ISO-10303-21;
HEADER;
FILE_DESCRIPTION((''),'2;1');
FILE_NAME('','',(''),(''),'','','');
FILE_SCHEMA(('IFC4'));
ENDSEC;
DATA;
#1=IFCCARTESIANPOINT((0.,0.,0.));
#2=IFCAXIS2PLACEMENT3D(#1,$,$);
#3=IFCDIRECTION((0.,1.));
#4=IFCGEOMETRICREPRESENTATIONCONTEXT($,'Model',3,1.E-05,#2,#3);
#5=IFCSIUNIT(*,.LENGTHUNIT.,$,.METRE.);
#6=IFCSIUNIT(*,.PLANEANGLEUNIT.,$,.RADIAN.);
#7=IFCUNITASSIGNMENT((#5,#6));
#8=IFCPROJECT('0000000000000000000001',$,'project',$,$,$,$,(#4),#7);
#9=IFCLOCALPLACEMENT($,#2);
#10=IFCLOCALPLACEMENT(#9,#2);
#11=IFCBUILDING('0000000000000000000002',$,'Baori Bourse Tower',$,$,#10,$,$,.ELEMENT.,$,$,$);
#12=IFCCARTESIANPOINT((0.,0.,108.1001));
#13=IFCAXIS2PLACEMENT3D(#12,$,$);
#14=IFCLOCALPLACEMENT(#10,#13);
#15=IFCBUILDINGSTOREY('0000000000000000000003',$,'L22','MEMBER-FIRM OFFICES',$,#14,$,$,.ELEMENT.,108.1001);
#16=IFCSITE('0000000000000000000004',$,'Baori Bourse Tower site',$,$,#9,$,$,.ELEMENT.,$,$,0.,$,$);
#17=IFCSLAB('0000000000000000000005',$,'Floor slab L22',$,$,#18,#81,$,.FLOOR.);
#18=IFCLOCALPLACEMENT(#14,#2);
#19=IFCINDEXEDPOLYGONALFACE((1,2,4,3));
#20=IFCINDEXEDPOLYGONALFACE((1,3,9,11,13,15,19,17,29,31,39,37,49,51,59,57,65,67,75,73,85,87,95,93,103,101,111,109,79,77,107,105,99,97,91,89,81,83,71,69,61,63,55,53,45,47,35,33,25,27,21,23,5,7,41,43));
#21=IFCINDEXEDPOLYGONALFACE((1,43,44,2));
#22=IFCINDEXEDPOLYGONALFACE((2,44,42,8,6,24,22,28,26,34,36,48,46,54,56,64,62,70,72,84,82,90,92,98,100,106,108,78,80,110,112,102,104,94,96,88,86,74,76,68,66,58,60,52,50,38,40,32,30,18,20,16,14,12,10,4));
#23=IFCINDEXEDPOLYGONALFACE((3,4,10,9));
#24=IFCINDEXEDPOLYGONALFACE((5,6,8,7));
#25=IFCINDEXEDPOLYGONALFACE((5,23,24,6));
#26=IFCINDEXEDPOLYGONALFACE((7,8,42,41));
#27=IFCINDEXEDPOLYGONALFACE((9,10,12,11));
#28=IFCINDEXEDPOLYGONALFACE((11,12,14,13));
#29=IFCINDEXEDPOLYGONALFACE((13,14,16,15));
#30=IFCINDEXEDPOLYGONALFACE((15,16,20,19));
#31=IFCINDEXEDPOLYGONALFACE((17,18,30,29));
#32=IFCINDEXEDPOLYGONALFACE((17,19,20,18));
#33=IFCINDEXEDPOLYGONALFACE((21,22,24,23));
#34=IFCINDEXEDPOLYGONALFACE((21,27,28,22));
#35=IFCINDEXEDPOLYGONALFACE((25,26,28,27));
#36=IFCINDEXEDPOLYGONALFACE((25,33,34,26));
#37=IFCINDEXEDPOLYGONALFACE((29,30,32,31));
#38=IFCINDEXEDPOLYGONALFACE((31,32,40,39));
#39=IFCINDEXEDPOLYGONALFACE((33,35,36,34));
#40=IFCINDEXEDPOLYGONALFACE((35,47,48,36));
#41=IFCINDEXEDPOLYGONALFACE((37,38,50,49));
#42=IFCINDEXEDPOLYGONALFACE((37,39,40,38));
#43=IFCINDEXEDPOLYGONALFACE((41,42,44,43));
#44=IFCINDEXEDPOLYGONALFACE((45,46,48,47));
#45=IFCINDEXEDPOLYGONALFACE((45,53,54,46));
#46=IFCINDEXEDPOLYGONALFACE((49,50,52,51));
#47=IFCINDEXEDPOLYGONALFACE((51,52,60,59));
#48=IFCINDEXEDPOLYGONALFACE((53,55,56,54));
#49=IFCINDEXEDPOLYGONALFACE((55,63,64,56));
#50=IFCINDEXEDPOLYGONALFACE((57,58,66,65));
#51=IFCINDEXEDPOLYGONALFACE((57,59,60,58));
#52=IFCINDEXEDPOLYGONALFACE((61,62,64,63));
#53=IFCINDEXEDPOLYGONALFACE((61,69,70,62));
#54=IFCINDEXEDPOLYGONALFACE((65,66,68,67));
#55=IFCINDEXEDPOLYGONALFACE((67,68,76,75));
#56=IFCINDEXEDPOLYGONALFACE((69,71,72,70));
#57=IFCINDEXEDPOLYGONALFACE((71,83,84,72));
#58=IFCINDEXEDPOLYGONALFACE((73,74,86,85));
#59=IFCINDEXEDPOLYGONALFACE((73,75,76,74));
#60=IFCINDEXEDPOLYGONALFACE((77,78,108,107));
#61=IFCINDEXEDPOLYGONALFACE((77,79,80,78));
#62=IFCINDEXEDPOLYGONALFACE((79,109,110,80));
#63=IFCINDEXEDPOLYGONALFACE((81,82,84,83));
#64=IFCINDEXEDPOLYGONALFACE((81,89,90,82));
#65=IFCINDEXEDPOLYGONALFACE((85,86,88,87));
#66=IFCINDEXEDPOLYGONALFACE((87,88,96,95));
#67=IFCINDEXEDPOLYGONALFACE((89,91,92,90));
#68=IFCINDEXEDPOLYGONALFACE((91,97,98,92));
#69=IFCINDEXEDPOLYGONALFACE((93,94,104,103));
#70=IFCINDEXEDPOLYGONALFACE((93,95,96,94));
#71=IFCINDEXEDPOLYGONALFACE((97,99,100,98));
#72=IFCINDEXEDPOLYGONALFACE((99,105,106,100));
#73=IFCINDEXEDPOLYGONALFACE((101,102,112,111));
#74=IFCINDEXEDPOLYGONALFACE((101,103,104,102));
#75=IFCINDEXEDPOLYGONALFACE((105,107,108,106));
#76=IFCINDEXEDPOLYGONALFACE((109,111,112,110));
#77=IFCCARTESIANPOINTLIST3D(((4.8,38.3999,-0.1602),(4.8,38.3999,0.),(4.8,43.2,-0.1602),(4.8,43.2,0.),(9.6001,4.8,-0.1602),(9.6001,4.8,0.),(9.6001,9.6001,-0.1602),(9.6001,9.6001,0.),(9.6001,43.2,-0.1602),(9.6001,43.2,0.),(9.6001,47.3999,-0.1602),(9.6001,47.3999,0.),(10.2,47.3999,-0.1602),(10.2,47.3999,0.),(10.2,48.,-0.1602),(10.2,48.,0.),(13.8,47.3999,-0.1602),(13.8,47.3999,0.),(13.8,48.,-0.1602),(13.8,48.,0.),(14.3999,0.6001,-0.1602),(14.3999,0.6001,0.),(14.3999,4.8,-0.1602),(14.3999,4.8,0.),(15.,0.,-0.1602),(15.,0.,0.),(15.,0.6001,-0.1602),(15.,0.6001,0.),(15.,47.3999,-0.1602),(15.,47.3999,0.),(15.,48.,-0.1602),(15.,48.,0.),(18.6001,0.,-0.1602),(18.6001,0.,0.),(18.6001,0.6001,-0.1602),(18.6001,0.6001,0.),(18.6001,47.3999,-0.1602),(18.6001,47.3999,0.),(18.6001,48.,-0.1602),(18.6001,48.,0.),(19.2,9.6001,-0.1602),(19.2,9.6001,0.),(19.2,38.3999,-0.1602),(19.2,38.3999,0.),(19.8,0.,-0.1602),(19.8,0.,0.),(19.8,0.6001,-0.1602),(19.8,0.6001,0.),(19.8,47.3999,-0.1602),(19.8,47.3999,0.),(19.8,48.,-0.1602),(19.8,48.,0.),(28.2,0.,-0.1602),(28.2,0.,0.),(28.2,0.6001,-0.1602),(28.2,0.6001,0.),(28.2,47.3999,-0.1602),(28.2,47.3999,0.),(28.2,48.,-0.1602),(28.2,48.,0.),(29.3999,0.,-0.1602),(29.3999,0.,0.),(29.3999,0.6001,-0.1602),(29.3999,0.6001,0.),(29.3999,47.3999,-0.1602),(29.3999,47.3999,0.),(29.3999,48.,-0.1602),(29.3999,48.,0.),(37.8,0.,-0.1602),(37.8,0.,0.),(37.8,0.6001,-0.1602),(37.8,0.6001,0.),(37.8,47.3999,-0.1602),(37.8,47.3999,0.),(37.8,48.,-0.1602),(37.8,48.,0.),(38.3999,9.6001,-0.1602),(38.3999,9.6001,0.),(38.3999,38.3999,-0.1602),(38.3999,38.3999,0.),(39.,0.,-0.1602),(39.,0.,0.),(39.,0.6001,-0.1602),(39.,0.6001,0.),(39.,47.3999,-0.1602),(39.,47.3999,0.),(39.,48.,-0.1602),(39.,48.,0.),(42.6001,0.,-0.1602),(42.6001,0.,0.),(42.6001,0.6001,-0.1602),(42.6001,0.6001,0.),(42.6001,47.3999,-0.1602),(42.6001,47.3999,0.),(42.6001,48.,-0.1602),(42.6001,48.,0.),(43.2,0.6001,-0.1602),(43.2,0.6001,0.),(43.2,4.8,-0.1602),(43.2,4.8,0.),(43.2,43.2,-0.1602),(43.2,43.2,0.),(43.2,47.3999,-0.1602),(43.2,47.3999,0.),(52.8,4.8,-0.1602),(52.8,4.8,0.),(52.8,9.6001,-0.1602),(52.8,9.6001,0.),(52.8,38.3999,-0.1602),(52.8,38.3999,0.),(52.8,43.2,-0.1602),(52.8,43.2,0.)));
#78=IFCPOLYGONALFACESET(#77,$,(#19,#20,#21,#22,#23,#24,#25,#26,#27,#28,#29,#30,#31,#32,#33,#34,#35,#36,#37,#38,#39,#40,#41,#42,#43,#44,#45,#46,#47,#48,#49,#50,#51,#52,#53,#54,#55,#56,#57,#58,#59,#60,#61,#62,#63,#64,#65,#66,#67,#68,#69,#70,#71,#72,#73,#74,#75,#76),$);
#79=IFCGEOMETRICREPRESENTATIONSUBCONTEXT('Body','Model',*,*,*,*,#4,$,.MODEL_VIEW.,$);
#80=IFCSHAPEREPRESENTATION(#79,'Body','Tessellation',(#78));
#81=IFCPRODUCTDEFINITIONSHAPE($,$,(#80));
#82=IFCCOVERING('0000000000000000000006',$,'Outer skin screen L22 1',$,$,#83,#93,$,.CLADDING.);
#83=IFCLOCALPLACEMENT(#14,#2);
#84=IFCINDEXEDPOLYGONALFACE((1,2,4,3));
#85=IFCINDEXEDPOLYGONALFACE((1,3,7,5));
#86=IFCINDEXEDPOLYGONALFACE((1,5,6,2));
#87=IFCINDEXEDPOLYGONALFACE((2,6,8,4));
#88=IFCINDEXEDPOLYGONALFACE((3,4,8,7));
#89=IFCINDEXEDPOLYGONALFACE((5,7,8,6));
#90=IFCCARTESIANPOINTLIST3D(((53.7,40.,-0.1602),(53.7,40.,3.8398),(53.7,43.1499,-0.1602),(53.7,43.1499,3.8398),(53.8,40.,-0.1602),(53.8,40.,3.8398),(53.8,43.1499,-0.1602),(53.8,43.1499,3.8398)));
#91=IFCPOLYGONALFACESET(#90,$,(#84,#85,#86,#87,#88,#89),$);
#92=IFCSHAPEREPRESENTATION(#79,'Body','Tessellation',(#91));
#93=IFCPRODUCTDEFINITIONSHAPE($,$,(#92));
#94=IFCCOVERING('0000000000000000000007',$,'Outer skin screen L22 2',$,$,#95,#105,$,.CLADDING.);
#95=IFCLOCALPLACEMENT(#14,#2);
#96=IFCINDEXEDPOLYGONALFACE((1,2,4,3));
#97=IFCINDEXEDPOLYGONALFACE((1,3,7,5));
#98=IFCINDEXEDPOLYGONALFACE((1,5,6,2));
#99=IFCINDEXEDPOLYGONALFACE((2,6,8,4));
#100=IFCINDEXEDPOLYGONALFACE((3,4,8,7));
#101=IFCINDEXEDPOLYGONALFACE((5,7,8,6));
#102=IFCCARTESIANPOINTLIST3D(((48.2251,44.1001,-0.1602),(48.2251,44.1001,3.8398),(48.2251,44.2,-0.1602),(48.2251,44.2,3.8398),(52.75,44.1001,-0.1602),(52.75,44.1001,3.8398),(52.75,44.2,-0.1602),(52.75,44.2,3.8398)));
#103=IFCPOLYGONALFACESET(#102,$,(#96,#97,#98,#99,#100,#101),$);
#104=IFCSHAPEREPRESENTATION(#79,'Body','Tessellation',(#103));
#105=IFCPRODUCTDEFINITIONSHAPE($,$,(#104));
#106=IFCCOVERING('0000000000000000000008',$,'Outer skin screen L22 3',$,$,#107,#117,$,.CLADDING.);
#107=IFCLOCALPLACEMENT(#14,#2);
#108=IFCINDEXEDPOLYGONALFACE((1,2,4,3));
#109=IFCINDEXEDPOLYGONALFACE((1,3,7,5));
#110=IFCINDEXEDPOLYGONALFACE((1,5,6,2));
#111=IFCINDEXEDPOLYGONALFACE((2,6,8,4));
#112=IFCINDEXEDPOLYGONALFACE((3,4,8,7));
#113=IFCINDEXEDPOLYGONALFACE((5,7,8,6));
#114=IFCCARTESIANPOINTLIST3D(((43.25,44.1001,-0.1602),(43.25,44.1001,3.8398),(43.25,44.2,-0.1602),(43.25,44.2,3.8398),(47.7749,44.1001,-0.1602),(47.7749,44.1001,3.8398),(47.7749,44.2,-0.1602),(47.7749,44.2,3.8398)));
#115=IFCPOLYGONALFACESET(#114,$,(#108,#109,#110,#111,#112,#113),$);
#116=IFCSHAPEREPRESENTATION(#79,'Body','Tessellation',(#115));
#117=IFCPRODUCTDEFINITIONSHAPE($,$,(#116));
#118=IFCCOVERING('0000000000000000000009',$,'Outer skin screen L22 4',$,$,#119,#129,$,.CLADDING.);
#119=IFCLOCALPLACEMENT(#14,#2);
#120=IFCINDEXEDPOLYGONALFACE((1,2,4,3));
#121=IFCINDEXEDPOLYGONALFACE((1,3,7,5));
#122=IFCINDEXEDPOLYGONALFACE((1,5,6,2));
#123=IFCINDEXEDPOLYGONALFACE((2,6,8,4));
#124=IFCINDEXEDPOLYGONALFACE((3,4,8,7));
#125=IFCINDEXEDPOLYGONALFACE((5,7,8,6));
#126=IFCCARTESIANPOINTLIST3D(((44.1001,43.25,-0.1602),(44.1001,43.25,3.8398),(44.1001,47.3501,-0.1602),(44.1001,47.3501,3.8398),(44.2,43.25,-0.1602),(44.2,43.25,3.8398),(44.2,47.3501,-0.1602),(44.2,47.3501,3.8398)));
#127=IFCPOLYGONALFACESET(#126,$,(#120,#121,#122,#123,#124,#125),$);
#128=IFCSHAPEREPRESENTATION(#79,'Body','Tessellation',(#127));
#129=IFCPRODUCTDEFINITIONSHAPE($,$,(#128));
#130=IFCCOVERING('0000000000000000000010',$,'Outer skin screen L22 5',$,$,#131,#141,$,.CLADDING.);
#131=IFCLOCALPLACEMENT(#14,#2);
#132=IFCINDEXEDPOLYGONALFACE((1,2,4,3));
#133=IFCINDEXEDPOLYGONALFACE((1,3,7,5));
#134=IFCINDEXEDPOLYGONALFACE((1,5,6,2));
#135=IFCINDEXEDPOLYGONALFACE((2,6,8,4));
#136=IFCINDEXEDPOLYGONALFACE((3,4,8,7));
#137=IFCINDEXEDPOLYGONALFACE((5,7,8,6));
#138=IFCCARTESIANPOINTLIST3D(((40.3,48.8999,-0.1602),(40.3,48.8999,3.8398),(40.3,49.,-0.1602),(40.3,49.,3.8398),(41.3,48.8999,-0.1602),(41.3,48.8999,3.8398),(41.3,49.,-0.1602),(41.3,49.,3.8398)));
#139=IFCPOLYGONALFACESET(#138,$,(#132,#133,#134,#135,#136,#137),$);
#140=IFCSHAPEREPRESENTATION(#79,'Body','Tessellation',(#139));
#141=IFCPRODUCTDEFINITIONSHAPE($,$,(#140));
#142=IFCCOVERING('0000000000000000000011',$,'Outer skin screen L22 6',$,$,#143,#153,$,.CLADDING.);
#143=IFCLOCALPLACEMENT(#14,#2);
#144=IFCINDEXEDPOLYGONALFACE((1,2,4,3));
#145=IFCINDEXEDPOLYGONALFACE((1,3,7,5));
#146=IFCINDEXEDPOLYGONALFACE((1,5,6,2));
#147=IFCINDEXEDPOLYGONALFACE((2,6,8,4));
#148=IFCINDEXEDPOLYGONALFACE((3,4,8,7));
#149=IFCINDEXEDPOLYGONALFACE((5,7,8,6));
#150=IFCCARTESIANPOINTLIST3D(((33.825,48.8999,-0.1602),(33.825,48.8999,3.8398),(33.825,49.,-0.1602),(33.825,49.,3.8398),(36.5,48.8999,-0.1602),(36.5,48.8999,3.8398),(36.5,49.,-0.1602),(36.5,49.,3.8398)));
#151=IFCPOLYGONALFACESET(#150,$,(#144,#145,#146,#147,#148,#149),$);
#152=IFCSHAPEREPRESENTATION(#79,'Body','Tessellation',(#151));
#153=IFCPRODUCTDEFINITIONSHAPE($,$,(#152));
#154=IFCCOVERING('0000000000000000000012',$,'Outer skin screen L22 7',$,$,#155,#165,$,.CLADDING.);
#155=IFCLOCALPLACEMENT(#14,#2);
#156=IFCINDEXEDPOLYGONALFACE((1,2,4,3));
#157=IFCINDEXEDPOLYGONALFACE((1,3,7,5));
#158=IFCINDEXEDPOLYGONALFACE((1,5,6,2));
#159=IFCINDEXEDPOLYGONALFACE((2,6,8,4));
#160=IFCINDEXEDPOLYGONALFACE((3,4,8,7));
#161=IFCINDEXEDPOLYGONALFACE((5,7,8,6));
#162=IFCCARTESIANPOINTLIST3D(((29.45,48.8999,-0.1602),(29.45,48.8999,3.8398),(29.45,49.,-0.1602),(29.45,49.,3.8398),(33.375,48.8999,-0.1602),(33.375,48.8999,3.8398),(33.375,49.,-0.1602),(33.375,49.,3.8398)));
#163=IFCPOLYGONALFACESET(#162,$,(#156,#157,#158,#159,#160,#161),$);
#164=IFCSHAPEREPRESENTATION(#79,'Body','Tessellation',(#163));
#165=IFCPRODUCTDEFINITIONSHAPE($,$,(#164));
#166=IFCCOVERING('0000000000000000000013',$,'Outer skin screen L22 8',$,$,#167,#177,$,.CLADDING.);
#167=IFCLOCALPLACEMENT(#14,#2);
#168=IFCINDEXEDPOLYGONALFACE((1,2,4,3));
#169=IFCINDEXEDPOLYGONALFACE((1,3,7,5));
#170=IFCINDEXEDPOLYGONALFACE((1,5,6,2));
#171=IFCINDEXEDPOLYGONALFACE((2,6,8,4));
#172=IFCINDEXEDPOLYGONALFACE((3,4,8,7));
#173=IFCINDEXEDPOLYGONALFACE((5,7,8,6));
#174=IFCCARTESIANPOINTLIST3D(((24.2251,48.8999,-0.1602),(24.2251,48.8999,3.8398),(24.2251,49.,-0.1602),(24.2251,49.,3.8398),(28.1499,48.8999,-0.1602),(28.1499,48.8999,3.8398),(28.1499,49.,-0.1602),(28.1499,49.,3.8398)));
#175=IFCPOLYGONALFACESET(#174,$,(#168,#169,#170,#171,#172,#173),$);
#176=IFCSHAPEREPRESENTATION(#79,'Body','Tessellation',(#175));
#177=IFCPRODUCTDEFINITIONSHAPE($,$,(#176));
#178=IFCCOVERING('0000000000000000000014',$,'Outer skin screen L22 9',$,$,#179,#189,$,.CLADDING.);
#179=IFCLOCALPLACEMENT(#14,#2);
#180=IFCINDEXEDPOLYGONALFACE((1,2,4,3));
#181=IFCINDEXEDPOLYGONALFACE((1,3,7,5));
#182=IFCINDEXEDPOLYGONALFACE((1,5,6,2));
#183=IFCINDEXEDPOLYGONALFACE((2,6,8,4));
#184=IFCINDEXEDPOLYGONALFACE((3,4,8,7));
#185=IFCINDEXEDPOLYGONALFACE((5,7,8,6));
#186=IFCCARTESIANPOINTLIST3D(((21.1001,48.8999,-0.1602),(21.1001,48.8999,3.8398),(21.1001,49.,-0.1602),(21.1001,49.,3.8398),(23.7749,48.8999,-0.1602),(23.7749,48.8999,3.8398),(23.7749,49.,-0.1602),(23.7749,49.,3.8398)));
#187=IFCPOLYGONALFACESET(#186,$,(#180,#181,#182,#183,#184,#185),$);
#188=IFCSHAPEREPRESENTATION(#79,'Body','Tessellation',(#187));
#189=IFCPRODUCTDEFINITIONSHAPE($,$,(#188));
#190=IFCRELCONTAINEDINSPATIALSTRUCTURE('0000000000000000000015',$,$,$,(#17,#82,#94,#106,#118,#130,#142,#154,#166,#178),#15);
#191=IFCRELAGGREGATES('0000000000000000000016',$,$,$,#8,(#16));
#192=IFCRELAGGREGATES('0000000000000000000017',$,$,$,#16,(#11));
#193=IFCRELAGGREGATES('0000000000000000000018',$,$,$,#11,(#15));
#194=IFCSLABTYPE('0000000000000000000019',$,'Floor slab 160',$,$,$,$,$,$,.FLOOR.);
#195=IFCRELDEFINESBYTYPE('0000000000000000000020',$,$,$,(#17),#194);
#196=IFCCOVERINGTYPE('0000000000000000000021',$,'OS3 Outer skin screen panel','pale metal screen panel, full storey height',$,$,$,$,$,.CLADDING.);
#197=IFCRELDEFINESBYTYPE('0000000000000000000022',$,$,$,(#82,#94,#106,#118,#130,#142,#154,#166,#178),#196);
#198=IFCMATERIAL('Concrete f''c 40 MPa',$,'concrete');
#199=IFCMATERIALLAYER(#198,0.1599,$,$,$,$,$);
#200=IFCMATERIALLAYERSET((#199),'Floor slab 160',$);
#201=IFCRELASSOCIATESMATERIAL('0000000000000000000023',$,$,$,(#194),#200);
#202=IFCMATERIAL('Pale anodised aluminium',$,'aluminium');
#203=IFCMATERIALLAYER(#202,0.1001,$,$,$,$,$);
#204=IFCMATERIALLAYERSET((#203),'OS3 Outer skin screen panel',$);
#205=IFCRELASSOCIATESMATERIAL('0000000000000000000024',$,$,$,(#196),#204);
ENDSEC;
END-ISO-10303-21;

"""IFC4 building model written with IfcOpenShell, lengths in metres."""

from ifc_helpers import new_model, si_unit, direction, frame, origin, place, context, subcontext, project, spatial, polyline, outline, extrude, material, layer, layer_set, type_object, element, save


model = new_model("IFC4")

# Units and contexts
model_context = context("Model", 3, precision=1e-05, world=origin(), true_north=direction((0.0, 1.0)))
body_context = subcontext(model_context, "Body", "Model", "MODEL_VIEW")
ifc_project = project(units=[si_unit("LENGTHUNIT", "METRE"), si_unit("PLANEANGLEUNIT", "RADIAN")], contexts=[model_context])

# Site, building, storey
site_placement = place(None, origin())
site = spatial("IfcSite", under=ifc_project, at=site_placement, Name="Baori Bourse Tower site", CompositionType="ELEMENT", RefElevation=0.0)
building_placement = place(site_placement, origin())
building = spatial("IfcBuilding", under=site, at=building_placement, Name="Baori Bourse Tower", CompositionType="ELEMENT")
storey_placement = place(building_placement, frame((0.0, 0.0, 108.1001)))
storey = spatial("IfcBuildingStorey", under=building, at=storey_placement, Name="L22", Description="MEMBER-FIRM OFFICES", CompositionType="ELEMENT", Elevation=108.1001)

# Slab
ifc_material_1 = material(Name="Concrete f'c 40 MPa", Category="concrete")
ifc_layer_1 = layer(ifc_material_1, 0.1599)
ifc_layer_set_1 = layer_set([ifc_layer_1], Name="Floor slab 160")
slab_type_1 = type_object("IfcSlabType", Name="Floor slab 160", PredefinedType="FLOOR", material=ifc_layer_set_1)
slab_1_placement = place(storey_placement, frame((0.0, 0.0, -0.1602)))
element("IfcSlab", 1, at=slab_1_placement, inside=storey, type_object=slab_type_1, Name="Floor slab L22", PredefinedType="FLOOR", context=body_context, shape_type="SweptSolid", body=[
    extrude(outline(polyline([(14.3999, 4.8), (9.6001, 4.8), (9.6001, 9.6001), (19.2, 9.6001), (19.2, 38.3999), (4.8, 38.3999), (4.8, 43.2), (9.6001, 43.2), (9.6001, 47.3999), (10.2, 47.3999), (10.2, 48.0), (13.8, 48.0), (13.8, 47.3999), (15.0, 47.3999), (15.0, 48.0), (18.6001, 48.0), (18.6001, 47.3999), (19.8, 47.3999), (19.8, 48.0), (28.2, 48.0), (28.2, 47.3999), (29.3999, 47.3999), (29.3999, 48.0), (37.8, 48.0), (37.8, 47.3999), (39.0, 47.3999), (39.0, 48.0), (42.6001, 48.0), (42.6001, 47.3999), (43.2, 47.3999), (43.2, 43.2), (52.8, 43.2), (52.8, 38.3999), (38.3999, 38.3999), (38.3999, 9.6001), (52.8, 9.6001), (52.8, 4.8), (43.2, 4.8), (43.2, 0.6001), (42.6001, 0.6001), (42.6001, 0.0), (39.0, 0.0), (39.0, 0.6001), (37.8, 0.6001), (37.8, 0.0), (29.3999, 0.0), (29.3999, 0.6001), (28.2, 0.6001), (28.2, 0.0), (19.8, 0.0), (19.8, 0.6001), (18.6001, 0.6001), (18.6001, 0.0), (15.0, 0.0), (15.0, 0.6001), (14.3999, 0.6001), (14.3999, 4.8)])), origin(), (0.0, 0.0, 1.0), 0.1602),
])

# Coverings
ifc_material_2 = material(Name="Pale anodised aluminium", Category="aluminium")
ifc_layer_2 = layer(ifc_material_2, 0.1001)
ifc_layer_set_2 = layer_set([ifc_layer_2], Name="OS3 Outer skin screen panel")
covering_type = type_object("IfcCoveringType", Name="OS3 Outer skin screen panel", Description="pale metal screen panel, full storey height", PredefinedType="CLADDING", material=ifc_layer_set_2)
covering_1_placement = place(storey_placement, frame((0.0, 0.0, -0.1602)))
element("IfcCovering", 2, at=covering_1_placement, inside=storey, type_object=covering_type, Name="Outer skin screen L22 1", PredefinedType="CLADDING", context=body_context, shape_type="SweptSolid", body=[
    extrude(outline(polyline([(53.7, 43.1499), (53.7, 40.0), (53.8, 40.0), (53.8, 43.1499), (53.7, 43.1499)])), origin(), (0.0, 0.0, 1.0), 4.0),
])
covering_2_placement = place(storey_placement, frame((0.0, 0.0, -0.1602)))
element("IfcCovering", 3, at=covering_2_placement, inside=storey, type_object=covering_type, Name="Outer skin screen L22 2", PredefinedType="CLADDING", context=body_context, shape_type="SweptSolid", body=[
    extrude(outline(polyline([(48.2251, 44.1001), (52.75, 44.1001), (52.75, 44.2), (48.2251, 44.2), (48.2251, 44.1001)])), origin(), (0.0, 0.0, 1.0), 4.0),
])
covering_3_placement = place(storey_placement, frame((0.0, 0.0, -0.1602)))
element("IfcCovering", 4, at=covering_3_placement, inside=storey, type_object=covering_type, Name="Outer skin screen L22 3", PredefinedType="CLADDING", context=body_context, shape_type="SweptSolid", body=[
    extrude(outline(polyline([(43.25, 44.1001), (47.7749, 44.1001), (47.7749, 44.2), (43.25, 44.2), (43.25, 44.1001)])), origin(), (0.0, 0.0, 1.0), 4.0),
])
covering_4_placement = place(storey_placement, frame((0.0, 0.0, -0.1602)))
element("IfcCovering", 5, at=covering_4_placement, inside=storey, type_object=covering_type, Name="Outer skin screen L22 4", PredefinedType="CLADDING", context=body_context, shape_type="SweptSolid", body=[
    extrude(outline(polyline([(44.1001, 47.3501), (44.1001, 43.25), (44.2, 43.25), (44.2, 47.3501), (44.1001, 47.3501)])), origin(), (0.0, 0.0, 1.0), 4.0),
])
covering_5_placement = place(storey_placement, frame((0.0, 0.0, -0.1602)))
element("IfcCovering", 6, at=covering_5_placement, inside=storey, type_object=covering_type, Name="Outer skin screen L22 5", PredefinedType="CLADDING", context=body_context, shape_type="SweptSolid", body=[
    extrude(outline(polyline([(40.3, 48.8999), (41.3, 48.8999), (41.3, 49.0), (40.3, 49.0), (40.3, 48.8999)])), origin(), (0.0, 0.0, 1.0), 4.0),
])
covering_6_placement = place(storey_placement, frame((0.0, 0.0, -0.1602)))
element("IfcCovering", 7, at=covering_6_placement, inside=storey, type_object=covering_type, Name="Outer skin screen L22 6", PredefinedType="CLADDING", context=body_context, shape_type="SweptSolid", body=[
    extrude(outline(polyline([(33.825, 48.8999), (36.5, 48.8999), (36.5, 49.0), (33.825, 49.0), (33.825, 48.8999)])), origin(), (0.0, 0.0, 1.0), 4.0),
])
covering_7_placement = place(storey_placement, frame((0.0, 0.0, -0.1602)))
element("IfcCovering", 8, at=covering_7_placement, inside=storey, type_object=covering_type, Name="Outer skin screen L22 7", PredefinedType="CLADDING", context=body_context, shape_type="SweptSolid", body=[
    extrude(outline(polyline([(29.45, 48.8999), (33.375, 48.8999), (33.375, 49.0), (29.45, 49.0), (29.45, 48.8999)])), origin(), (0.0, 0.0, 1.0), 4.0),
])
covering_8_placement = place(storey_placement, frame((0.0, 0.0, -0.1602)))
element("IfcCovering", 9, at=covering_8_placement, inside=storey, type_object=covering_type, Name="Outer skin screen L22 8", PredefinedType="CLADDING", context=body_context, shape_type="SweptSolid", body=[
    extrude(outline(polyline([(24.2251, 48.8999), (28.1499, 48.8999), (28.1499, 49.0), (24.2251, 49.0), (24.2251, 48.8999)])), origin(), (0.0, 0.0, 1.0), 4.0),
])
covering_9_placement = place(storey_placement, frame((0.0, 0.0, -0.1602)))
element("IfcCovering", 10, at=covering_9_placement, inside=storey, type_object=covering_type, Name="Outer skin screen L22 9", PredefinedType="CLADDING", context=body_context, shape_type="SweptSolid", body=[
    extrude(outline(polyline([(21.1001, 48.8999), (23.7749, 48.8999), (23.7749, 49.0), (21.1001, 49.0), (21.1001, 48.8999)])), origin(), (0.0, 0.0, 1.0), 4.0),
])

save(model, "model.ifc")
